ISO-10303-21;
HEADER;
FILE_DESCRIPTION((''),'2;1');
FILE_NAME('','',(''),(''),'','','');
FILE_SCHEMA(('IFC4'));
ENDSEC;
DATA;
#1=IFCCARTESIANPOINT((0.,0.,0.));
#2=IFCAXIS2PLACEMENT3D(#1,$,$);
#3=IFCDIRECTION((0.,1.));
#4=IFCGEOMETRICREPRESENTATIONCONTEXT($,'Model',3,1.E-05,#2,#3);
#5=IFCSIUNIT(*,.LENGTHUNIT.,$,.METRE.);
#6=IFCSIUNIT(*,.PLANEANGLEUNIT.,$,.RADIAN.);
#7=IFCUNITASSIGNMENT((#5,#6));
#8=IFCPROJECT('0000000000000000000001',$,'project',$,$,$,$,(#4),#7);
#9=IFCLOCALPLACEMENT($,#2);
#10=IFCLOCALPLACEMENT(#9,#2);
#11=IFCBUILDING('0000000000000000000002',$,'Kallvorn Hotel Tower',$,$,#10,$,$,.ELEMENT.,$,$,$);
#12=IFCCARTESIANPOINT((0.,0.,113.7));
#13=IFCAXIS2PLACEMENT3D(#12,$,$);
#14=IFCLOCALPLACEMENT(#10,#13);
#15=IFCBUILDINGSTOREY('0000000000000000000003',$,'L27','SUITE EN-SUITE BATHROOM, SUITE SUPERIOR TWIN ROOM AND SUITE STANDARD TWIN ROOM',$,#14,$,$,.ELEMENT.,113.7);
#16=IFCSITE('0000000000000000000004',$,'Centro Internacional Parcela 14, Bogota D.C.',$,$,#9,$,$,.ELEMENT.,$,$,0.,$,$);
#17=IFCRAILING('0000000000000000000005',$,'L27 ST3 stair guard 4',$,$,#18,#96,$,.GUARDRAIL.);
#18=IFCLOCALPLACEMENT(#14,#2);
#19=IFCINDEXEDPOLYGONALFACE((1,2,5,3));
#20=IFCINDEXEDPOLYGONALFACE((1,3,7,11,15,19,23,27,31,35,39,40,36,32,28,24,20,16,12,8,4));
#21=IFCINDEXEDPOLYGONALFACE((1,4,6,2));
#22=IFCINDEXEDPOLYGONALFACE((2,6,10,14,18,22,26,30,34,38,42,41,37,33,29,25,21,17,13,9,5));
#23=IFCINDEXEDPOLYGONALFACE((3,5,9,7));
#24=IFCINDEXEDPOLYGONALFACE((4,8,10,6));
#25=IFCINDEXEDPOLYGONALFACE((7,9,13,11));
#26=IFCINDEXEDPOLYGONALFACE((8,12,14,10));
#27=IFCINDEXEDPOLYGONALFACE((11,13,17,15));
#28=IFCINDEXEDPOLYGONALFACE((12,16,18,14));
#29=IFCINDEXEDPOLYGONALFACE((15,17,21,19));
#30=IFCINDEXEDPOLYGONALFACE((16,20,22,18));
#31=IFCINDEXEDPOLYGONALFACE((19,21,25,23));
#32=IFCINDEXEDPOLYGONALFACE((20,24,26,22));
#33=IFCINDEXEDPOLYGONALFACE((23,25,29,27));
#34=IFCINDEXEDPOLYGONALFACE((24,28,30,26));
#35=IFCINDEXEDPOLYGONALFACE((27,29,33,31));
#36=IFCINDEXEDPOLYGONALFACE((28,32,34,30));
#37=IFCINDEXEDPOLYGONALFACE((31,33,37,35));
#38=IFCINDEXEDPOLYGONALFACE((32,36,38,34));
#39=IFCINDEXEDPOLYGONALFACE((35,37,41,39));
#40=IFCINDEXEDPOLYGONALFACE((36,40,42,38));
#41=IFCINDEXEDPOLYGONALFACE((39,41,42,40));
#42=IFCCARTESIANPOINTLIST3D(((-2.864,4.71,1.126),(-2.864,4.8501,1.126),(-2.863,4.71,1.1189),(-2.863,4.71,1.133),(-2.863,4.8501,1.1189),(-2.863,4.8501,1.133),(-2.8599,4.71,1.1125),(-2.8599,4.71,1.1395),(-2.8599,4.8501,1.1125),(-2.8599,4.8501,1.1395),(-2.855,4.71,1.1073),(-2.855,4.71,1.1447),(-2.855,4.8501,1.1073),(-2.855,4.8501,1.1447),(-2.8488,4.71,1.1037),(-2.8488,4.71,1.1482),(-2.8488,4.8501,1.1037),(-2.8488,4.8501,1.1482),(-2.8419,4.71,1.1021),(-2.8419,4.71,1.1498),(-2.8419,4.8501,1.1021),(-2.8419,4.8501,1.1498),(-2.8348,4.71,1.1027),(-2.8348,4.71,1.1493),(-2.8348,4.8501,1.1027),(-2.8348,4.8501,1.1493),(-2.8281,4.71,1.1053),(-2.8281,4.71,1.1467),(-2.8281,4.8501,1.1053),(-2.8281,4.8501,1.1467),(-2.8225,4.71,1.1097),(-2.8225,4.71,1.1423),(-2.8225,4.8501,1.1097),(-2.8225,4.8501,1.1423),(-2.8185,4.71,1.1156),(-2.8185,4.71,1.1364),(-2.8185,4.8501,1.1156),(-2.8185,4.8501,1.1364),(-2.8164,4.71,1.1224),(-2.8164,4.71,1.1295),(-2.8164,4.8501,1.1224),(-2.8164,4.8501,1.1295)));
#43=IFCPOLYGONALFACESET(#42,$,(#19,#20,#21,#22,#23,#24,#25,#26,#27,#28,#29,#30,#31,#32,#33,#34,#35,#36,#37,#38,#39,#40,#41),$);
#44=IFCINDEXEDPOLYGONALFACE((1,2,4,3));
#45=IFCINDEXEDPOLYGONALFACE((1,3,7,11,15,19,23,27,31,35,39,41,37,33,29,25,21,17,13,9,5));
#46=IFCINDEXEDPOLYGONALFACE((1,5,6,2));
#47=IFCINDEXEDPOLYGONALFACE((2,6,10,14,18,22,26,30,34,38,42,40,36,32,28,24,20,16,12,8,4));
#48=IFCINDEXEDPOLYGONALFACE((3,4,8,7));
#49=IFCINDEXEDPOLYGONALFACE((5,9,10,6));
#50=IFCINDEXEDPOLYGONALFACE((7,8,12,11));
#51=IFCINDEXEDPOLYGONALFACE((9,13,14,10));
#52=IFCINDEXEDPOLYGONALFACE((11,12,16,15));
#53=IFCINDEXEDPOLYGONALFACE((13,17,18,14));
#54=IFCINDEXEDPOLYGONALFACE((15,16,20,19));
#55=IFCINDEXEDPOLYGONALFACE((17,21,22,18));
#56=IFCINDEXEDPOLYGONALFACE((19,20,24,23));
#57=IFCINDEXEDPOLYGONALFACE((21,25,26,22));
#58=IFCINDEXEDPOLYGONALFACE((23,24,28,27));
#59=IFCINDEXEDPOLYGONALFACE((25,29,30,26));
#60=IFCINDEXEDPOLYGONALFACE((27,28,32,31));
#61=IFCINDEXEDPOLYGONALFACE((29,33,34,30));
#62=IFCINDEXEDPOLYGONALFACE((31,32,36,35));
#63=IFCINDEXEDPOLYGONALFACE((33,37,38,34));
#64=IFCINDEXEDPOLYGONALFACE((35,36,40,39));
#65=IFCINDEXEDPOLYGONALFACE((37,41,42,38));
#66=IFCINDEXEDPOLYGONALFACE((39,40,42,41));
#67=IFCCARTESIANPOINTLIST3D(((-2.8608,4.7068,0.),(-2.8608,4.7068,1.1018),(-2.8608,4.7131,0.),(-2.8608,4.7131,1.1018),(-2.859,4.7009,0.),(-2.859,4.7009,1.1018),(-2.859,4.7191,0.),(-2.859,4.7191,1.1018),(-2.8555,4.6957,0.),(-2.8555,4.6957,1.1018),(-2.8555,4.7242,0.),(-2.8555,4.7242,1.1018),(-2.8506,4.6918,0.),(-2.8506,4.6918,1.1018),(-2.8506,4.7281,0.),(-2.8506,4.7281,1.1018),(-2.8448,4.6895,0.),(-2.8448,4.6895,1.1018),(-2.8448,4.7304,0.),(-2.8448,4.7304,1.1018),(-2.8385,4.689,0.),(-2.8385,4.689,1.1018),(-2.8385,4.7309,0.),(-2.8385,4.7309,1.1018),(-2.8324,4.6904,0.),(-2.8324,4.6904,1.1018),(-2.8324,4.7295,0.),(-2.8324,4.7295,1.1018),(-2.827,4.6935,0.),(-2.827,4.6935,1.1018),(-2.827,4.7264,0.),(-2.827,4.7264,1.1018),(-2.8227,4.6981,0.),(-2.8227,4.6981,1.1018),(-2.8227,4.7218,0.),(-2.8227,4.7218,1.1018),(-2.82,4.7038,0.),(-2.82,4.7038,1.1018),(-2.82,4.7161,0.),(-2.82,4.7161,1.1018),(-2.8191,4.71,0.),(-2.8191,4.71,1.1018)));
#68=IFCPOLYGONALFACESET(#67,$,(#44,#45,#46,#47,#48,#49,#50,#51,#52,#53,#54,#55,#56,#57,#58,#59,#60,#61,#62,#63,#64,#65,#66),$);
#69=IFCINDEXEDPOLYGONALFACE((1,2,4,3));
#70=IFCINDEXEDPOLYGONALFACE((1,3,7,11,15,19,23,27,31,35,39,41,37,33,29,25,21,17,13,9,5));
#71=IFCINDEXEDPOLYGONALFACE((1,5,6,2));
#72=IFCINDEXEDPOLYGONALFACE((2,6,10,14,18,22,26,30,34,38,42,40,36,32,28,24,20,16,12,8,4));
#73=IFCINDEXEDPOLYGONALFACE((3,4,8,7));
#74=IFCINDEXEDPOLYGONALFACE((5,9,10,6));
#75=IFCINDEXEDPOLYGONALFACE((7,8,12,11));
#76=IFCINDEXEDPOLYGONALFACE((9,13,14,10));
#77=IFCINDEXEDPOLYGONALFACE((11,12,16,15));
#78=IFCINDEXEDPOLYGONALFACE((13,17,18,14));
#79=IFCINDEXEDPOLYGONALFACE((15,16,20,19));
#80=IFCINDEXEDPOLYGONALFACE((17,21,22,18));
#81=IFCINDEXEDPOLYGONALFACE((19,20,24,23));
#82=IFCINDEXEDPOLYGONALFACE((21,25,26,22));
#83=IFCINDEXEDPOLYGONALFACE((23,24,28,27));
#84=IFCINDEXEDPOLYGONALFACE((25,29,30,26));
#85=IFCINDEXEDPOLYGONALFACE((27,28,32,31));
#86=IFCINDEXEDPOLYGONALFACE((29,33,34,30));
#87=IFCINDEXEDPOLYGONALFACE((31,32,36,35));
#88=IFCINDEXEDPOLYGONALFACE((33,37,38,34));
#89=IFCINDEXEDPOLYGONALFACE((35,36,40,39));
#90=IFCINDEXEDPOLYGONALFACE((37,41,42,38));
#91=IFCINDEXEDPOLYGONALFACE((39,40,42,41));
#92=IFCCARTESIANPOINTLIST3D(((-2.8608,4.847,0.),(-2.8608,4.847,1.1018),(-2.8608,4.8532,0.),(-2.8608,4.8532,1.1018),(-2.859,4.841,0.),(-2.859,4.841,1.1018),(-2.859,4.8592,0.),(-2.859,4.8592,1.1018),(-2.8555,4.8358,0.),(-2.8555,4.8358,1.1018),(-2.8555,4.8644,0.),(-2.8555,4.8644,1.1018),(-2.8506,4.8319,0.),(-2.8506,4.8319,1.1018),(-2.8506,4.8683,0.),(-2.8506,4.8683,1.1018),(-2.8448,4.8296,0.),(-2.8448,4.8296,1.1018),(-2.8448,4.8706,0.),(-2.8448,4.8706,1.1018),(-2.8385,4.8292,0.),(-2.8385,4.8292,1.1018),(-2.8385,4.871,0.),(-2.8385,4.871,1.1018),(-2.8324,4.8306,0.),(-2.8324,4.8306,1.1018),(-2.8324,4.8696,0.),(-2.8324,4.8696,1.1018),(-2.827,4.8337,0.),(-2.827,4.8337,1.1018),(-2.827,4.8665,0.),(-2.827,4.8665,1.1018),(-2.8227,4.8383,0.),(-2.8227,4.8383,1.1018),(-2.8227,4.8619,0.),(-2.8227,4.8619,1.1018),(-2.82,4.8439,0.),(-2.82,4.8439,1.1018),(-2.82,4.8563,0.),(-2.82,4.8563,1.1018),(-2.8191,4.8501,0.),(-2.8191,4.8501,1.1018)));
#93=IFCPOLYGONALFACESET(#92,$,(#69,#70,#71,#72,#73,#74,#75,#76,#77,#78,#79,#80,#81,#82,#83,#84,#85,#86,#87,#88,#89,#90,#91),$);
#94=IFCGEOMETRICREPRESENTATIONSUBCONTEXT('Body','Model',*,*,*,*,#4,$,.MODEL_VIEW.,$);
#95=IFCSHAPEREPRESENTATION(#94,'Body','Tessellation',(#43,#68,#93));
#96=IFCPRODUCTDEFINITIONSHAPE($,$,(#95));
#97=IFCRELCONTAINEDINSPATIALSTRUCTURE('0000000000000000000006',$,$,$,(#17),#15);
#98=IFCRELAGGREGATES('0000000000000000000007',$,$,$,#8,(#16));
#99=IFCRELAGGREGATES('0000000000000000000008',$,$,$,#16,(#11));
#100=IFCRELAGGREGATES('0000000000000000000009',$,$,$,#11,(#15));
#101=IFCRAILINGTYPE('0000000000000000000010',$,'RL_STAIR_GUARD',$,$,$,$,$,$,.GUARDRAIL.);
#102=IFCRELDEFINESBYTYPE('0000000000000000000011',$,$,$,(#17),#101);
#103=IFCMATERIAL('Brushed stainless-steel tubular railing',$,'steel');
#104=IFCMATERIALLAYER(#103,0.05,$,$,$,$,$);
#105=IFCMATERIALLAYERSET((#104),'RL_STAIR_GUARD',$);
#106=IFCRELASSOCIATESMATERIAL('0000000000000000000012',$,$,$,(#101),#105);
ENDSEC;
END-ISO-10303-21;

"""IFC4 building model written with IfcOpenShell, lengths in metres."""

from ifc_helpers import new_model, si_unit, direction, frame, origin, origin_2d, place, context, subcontext, project, spatial, circle, extrude, material, layer, layer_set, type_object, element, save


model = new_model("IFC4")

# Units and contexts
model_context = context("Model", 3, precision=1e-05, world=origin(), true_north=direction((0.0, 1.0)))
body_context = subcontext(model_context, "Body", "Model", "MODEL_VIEW")
ifc_project = project(units=[si_unit("LENGTHUNIT", "METRE"), si_unit("PLANEANGLEUNIT", "RADIAN")], contexts=[model_context])

# Site, building, storey
site_placement = place(None, origin())
site = spatial("IfcSite", under=ifc_project, at=site_placement, Name="Centro Internacional Parcela 14, Bogota D.C.", CompositionType="ELEMENT", RefElevation=0.0)
building_placement = place(site_placement, origin())
building = spatial("IfcBuilding", under=site, at=building_placement, Name="Kallvorn Hotel Tower", CompositionType="ELEMENT")
storey_placement = place(building_placement, frame((0.0, 0.0, 113.7)))
storey = spatial("IfcBuildingStorey", under=building, at=storey_placement, Name="L27", Description="SUITE EN-SUITE BATHROOM, SUITE SUPERIOR TWIN ROOM AND SUITE STANDARD TWIN ROOM", CompositionType="ELEMENT", Elevation=113.7)

# Railing
ifc_material_1 = material(Name="Brushed stainless-steel tubular railing", Category="steel")
ifc_layer_1 = layer(ifc_material_1, 0.05)
ifc_layer_set_1 = layer_set([ifc_layer_1], Name="RL_STAIR_GUARD")
railing_type_1 = type_object("IfcRailingType", Name="RL_STAIR_GUARD", PredefinedType="GUARDRAIL", material=ifc_layer_set_1)
railing_1_placement = place(storey_placement, frame((-2.8401, 4.71, 0.0)))
element("IfcRailing", 1, at=railing_1_placement, inside=storey, type_object=railing_type_1, Name="L27 ST3 stair guard 4", PredefinedType="GUARDRAIL", context=body_context, shape_type="SweptSolid", body=[
    extrude(circle(Radius=0.0239, at=origin_2d()), frame((0.0, 0.0, 1.126), z_axis=(0.0, 1.0, 0.0), x_axis=(-1.0, 0.0, 0.0)), (0.0, 0.0, 1.0), 0.1401),
    extrude(circle(Radius=0.021, at=origin_2d()), origin(), (0.0, 0.0, 1.0), 1.1018),
    extrude(circle(Radius=0.021, at=origin_2d()), frame((0.0, 0.1401, 0.0)), (0.0, 0.0, 1.0), 1.1018),
])

save(model, "model.ifc")
